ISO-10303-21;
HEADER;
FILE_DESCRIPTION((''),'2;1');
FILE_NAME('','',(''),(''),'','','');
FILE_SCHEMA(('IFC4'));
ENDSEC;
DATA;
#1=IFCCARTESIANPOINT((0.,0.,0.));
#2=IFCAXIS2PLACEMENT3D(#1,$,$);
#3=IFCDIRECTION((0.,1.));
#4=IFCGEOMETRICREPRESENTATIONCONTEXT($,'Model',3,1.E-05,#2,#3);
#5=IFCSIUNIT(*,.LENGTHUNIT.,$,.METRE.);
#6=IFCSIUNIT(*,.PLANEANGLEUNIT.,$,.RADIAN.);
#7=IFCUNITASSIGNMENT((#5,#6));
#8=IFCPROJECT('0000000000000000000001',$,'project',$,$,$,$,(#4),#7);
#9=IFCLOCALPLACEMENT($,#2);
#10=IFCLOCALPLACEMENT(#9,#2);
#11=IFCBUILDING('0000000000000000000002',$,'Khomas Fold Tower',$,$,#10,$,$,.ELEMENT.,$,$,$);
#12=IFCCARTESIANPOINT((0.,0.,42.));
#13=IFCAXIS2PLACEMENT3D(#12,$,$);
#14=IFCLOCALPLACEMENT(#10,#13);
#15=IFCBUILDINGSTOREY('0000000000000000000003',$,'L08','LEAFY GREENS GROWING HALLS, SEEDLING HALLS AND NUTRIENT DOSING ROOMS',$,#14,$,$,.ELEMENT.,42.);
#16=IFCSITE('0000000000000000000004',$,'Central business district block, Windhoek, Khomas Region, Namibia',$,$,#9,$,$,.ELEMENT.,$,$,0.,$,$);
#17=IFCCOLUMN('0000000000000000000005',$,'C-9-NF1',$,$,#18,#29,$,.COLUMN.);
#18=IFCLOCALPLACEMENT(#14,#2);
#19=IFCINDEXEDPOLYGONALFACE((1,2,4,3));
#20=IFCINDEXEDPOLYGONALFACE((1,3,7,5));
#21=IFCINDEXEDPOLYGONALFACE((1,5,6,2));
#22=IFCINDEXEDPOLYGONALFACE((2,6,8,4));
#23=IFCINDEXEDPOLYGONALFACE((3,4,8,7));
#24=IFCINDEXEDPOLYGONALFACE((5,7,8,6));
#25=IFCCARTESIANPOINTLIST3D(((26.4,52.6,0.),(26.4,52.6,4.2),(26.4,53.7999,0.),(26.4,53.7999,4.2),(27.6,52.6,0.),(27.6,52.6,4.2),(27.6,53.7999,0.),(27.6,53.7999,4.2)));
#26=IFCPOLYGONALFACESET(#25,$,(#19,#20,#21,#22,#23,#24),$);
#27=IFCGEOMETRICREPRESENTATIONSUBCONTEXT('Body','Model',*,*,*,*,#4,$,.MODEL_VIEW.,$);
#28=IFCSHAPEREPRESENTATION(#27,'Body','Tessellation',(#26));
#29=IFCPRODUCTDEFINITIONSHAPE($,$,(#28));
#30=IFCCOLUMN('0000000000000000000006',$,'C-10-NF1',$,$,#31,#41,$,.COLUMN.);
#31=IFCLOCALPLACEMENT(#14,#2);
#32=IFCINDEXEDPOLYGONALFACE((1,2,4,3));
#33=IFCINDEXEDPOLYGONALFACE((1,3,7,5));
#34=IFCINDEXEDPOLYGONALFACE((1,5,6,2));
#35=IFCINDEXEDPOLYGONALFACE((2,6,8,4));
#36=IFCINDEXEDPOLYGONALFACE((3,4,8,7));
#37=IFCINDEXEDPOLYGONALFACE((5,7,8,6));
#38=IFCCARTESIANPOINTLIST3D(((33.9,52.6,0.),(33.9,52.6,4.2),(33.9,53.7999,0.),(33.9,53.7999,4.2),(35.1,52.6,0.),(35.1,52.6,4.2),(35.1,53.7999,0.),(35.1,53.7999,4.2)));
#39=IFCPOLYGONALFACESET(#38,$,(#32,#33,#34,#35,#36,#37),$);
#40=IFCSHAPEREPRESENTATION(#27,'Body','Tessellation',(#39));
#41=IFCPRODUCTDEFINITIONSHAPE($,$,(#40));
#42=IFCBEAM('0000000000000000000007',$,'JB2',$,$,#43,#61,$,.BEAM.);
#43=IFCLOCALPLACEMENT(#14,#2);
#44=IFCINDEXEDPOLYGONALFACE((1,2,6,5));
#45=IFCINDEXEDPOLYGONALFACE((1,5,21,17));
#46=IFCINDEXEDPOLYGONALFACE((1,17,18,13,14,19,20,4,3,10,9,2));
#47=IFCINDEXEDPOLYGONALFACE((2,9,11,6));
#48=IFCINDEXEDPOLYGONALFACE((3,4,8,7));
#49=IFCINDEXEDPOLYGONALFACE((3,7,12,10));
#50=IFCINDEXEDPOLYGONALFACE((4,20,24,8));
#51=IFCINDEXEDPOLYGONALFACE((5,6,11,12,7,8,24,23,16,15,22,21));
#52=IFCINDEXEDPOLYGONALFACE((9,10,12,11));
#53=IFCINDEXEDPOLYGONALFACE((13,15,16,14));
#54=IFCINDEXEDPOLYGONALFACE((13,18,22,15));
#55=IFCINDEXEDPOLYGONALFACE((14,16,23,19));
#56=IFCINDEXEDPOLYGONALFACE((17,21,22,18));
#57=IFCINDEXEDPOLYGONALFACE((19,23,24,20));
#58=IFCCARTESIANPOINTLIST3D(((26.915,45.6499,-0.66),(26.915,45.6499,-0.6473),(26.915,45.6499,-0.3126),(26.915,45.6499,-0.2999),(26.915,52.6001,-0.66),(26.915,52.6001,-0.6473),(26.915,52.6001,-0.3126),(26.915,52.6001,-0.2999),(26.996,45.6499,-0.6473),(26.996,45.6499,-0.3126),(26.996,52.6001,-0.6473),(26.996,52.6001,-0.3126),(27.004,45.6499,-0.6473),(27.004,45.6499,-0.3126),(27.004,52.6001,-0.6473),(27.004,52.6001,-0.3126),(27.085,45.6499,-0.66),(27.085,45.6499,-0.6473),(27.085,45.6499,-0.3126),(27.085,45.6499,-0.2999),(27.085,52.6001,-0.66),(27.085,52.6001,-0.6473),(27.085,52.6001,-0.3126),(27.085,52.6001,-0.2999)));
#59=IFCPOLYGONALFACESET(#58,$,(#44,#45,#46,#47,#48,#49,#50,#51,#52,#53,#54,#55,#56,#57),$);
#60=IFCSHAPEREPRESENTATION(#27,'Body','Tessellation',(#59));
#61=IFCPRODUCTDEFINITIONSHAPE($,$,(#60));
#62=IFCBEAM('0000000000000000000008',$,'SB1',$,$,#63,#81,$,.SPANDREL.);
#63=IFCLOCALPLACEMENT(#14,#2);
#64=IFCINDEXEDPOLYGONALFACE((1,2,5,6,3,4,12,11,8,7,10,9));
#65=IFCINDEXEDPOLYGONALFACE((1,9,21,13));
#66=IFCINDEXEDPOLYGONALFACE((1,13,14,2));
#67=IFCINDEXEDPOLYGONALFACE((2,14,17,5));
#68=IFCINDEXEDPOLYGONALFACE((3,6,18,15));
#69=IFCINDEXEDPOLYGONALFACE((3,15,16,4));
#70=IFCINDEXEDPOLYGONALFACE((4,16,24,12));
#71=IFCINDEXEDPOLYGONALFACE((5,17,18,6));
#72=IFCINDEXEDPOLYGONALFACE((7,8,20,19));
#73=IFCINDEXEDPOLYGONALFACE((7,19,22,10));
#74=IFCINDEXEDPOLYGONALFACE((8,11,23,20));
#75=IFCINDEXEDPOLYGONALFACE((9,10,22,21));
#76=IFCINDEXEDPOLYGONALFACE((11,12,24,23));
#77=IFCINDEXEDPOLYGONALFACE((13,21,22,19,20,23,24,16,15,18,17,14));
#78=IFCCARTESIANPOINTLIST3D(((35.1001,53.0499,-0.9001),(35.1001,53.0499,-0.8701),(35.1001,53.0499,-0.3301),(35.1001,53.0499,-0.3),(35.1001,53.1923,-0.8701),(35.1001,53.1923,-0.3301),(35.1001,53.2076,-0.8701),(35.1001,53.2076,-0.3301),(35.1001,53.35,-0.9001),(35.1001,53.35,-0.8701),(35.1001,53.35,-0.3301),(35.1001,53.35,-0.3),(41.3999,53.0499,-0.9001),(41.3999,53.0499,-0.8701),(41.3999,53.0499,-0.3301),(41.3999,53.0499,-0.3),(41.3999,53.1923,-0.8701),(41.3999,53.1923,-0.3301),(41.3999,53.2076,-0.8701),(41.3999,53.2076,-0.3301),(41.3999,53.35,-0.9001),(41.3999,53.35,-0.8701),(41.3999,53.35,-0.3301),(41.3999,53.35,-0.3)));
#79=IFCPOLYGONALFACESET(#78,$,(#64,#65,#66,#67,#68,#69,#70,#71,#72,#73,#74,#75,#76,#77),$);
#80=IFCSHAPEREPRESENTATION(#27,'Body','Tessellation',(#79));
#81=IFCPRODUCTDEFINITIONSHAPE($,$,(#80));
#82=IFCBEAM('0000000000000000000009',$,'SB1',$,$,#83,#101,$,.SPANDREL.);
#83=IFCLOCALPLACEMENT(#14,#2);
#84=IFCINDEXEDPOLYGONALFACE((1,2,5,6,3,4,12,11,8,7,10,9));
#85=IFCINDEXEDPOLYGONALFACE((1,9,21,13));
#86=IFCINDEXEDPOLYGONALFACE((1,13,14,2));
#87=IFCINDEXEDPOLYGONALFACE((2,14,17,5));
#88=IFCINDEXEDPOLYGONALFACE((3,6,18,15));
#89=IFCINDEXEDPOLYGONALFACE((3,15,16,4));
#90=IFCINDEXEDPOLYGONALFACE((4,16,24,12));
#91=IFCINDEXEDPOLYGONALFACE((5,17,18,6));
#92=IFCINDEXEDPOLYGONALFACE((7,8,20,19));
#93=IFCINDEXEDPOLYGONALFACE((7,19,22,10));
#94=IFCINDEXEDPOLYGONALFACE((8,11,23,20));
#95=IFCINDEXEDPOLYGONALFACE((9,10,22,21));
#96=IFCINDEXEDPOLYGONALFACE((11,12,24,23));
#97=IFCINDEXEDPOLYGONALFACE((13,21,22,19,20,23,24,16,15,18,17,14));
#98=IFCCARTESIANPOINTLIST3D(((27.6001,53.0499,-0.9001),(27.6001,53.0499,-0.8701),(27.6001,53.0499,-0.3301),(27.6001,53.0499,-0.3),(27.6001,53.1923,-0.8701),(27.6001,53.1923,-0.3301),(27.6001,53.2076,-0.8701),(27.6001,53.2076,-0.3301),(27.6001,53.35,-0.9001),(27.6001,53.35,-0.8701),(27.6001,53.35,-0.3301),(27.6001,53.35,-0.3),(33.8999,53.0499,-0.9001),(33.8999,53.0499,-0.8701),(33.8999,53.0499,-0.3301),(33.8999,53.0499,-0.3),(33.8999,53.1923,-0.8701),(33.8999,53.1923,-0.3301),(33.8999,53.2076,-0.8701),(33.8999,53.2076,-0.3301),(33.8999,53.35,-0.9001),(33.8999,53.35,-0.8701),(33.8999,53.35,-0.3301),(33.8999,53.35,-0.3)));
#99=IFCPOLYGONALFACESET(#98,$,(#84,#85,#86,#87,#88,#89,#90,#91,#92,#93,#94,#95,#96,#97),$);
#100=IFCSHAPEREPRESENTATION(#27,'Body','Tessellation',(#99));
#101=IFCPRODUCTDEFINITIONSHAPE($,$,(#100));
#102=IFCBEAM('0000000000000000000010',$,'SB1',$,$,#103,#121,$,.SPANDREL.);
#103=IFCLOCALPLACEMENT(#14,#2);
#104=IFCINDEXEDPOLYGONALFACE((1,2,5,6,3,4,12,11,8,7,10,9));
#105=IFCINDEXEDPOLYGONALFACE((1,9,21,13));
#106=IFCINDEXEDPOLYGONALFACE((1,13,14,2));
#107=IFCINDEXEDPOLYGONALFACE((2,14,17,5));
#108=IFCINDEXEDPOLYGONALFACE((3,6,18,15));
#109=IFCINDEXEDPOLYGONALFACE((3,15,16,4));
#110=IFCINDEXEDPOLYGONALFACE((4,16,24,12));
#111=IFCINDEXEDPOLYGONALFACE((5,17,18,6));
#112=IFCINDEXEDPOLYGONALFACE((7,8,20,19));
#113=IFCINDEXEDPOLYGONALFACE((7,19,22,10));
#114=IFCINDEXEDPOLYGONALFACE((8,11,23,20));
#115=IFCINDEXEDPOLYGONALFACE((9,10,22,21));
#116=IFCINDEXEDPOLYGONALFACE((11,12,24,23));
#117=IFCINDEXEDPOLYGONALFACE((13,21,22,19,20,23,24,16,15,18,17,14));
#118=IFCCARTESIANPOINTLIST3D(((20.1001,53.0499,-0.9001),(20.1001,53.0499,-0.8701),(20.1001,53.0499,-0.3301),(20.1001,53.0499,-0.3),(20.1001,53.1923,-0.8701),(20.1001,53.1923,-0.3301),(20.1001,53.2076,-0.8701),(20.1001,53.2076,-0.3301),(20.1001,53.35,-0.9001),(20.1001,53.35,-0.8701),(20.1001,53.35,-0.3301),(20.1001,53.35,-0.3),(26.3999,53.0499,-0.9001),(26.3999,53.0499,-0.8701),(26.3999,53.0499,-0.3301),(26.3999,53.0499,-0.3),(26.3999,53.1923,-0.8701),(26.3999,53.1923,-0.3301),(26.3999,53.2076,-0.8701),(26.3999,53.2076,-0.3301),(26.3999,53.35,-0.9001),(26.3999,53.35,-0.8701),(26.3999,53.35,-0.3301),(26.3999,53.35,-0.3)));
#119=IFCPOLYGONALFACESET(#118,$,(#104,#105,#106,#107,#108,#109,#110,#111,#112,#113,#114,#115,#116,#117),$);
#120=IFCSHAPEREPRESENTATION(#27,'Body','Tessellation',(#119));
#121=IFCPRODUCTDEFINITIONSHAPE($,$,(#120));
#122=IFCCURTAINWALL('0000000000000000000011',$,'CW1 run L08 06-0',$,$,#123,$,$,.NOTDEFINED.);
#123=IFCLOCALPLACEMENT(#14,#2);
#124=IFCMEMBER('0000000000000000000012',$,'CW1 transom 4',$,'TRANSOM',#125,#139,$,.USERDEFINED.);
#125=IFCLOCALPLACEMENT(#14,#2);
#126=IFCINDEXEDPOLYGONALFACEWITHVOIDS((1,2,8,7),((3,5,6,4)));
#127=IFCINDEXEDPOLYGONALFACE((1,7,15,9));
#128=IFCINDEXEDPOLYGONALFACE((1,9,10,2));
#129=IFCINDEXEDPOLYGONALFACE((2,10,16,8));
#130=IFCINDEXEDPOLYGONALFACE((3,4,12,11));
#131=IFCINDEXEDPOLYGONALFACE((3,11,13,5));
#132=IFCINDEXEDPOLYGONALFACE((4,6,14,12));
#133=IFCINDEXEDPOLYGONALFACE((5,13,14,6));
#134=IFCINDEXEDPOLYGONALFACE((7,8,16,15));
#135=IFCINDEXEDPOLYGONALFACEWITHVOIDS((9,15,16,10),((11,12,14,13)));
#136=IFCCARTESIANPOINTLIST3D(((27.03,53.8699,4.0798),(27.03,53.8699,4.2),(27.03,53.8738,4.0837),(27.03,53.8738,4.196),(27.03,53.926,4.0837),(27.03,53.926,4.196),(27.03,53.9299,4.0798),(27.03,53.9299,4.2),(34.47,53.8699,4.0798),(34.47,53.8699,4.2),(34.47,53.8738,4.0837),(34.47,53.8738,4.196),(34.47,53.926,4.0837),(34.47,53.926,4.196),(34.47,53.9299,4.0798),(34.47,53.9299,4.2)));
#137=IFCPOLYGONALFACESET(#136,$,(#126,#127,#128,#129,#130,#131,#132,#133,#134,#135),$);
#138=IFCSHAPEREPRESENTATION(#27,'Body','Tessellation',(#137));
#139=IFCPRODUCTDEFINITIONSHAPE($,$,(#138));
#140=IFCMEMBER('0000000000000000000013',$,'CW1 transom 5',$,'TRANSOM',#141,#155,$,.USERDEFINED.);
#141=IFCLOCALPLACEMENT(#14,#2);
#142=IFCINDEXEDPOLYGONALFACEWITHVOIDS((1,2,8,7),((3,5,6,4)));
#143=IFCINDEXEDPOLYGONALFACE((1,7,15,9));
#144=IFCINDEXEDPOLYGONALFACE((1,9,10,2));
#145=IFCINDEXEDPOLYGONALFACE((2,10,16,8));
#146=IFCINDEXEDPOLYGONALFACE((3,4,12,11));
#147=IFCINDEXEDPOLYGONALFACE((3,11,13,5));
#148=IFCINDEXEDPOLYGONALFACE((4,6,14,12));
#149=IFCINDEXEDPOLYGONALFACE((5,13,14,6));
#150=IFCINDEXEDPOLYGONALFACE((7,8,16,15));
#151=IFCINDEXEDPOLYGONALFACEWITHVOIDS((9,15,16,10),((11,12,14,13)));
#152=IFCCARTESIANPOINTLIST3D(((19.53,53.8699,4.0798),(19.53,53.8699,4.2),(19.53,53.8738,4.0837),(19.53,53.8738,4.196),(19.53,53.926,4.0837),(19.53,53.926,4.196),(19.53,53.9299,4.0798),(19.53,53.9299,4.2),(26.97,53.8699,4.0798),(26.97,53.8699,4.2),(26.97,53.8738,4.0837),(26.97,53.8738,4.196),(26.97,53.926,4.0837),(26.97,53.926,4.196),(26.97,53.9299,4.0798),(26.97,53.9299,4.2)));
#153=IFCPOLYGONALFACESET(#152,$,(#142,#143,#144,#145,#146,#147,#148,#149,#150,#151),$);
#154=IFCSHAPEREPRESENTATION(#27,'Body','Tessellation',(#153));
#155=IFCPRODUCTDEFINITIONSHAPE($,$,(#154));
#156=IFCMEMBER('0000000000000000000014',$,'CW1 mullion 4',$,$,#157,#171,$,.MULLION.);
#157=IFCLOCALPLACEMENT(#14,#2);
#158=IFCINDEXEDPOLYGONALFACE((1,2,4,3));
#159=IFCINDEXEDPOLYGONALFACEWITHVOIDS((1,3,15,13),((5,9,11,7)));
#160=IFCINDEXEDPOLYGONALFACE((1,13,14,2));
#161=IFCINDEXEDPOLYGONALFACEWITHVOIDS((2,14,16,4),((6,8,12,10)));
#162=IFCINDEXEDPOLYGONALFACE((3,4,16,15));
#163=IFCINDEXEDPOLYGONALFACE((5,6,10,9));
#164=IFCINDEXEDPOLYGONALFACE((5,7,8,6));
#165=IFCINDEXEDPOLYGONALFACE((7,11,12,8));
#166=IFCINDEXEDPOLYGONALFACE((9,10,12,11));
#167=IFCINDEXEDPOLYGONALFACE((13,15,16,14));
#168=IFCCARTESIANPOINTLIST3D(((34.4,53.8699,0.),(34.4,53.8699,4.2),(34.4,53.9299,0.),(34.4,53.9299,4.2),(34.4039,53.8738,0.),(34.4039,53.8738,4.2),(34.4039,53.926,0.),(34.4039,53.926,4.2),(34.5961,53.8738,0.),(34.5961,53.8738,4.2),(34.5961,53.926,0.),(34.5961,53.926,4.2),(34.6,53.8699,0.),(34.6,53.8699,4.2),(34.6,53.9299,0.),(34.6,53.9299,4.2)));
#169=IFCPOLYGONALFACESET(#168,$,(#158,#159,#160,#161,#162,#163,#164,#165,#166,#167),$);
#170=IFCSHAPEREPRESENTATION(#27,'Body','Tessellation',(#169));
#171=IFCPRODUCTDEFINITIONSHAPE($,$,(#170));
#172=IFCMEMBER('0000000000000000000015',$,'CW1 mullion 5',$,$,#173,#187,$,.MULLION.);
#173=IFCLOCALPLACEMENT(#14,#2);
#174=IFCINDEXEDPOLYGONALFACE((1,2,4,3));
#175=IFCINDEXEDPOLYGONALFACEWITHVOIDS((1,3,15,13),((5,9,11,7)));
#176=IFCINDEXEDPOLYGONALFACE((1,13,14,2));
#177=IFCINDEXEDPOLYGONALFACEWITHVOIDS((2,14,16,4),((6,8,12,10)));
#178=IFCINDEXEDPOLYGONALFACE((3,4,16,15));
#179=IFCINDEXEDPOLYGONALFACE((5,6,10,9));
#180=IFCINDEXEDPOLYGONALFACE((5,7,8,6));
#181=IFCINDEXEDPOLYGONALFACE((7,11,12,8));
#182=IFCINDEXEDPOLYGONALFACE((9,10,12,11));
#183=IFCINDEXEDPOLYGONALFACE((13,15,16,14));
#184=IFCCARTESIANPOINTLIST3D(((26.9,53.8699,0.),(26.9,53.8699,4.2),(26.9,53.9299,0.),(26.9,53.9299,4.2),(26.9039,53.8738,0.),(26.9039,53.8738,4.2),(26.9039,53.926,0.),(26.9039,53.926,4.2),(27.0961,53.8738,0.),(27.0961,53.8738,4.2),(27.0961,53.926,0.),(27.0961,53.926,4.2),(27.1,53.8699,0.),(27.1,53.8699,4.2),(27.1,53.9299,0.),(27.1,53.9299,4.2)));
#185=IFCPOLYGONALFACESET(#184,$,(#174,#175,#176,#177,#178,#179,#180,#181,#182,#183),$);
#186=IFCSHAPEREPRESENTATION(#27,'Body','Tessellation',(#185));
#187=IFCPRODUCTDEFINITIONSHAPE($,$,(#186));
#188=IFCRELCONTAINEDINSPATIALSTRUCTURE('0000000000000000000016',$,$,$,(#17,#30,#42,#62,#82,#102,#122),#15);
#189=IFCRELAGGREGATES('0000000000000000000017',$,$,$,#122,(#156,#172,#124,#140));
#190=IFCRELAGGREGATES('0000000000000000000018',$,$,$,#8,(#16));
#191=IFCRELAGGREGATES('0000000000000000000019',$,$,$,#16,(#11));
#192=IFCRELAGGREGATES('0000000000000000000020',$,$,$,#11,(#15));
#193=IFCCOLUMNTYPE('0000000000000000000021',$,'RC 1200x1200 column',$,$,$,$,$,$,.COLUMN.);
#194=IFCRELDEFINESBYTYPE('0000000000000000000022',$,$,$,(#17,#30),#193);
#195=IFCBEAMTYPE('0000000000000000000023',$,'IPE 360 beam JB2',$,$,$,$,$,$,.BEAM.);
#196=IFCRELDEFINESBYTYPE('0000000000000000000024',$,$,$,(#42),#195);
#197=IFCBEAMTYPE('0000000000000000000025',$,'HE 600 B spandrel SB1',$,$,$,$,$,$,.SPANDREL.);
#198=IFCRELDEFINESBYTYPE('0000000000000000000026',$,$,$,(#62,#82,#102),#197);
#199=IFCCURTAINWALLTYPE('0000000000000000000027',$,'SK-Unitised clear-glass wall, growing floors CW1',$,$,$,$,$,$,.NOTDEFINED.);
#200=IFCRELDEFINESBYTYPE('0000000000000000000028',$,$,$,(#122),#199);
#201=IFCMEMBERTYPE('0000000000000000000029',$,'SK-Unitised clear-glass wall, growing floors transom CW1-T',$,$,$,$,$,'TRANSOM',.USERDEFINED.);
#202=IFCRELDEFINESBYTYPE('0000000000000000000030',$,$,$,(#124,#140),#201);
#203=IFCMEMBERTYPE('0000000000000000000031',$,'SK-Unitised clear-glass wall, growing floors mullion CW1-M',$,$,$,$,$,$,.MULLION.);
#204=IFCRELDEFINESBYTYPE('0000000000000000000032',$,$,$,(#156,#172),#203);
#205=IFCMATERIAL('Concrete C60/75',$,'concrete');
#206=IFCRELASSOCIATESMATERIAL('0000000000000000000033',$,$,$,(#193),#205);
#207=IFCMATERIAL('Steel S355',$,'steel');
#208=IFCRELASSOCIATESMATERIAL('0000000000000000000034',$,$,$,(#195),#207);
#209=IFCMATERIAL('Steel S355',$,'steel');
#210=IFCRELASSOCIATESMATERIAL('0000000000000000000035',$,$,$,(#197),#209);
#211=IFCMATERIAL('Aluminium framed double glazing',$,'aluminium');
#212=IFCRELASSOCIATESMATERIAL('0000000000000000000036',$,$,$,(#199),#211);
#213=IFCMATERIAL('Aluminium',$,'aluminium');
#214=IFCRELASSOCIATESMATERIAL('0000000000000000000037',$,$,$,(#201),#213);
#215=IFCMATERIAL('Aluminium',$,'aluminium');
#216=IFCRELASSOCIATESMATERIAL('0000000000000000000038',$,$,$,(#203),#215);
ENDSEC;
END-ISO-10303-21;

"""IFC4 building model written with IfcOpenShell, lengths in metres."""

from ifc_helpers import new_model, si_unit, direction, frame, origin, origin_2d, place, context, subcontext, project, spatial, rectangle, hollow_rectangle, i_section, extrude, source, transform, mapped, material, material_profile, profile_set, type_object, element, aggregate, save


model = new_model("IFC4")

# Units and contexts
model_context = context("Model", 3, precision=1e-05, world=origin(), true_north=direction((0.0, 1.0)))
body_context = subcontext(model_context, "Body", "Model", "MODEL_VIEW")
ifc_project = project(units=[si_unit("LENGTHUNIT", "METRE"), si_unit("PLANEANGLEUNIT", "RADIAN")], contexts=[model_context])

# Site, building, storey
site_placement = place(None, origin())
site = spatial("IfcSite", under=ifc_project, at=site_placement, Name="Central business district block, Windhoek, Khomas Region, Namibia", CompositionType="ELEMENT", RefElevation=0.0)
building_placement = place(site_placement, origin())
building = spatial("IfcBuilding", under=site, at=building_placement, Name="Khomas Fold Tower", CompositionType="ELEMENT")
storey_placement = place(building_placement, frame((0.0, 0.0, 42.0)))
storey = spatial("IfcBuildingStorey", under=building, at=storey_placement, Name="L08", Description="LEAFY GREENS GROWING HALLS, SEEDLING HALLS AND NUTRIENT DOSING ROOMS", CompositionType="ELEMENT", Elevation=42.0)

# Columns
ifc_material_1 = material(Name="Concrete C60/75", Category="concrete")
ifc_material_profile_1 = material_profile(ifc_material_1, rectangle(XDim=1.2, YDim=1.2, at=origin_2d()), Name="RC 1200x1200")
ifc_profile_set_1 = profile_set([ifc_material_profile_1], Name="Concrete C60/75")
column_type = type_object("IfcColumnType", Name="RC 1200x1200 column", PredefinedType="COLUMN", material=ifc_profile_set_1)
shared_shape_1 = source(origin(), body_context, "Body", "SweptSolid", [
    extrude(rectangle(XDim=1.2, YDim=1.2, at=origin_2d()), origin(), (0.0, 0.0, 1.0), 4.2),
])
for number, where, z_axis, x_axis, name in (
    (1, (27.0, 53.2, 0.0), (0.0, 0.0, 1.0), (1.0, 0.0, 0.0), "C-9-NF1"),
    (2, (34.5, 53.2, 0.0), (0.0, 0.0, 1.0), (1.0, 0.0, 0.0), "C-10-NF1"),
):
    element("IfcColumn", number, at=place(storey_placement, frame(where, z_axis=z_axis, x_axis=x_axis)), inside=storey, type_object=column_type, Name=name, PredefinedType="COLUMN", context=body_context, shape_type="MappedRepresentation", body=[
        mapped(shared_shape_1, transform((0.0, 0.0, 0.0))),
    ])

# Beams
ifc_material_2 = material(Name="Steel S355", Category="steel")
ifc_material_profile_2 = material_profile(ifc_material_2, i_section(OverallWidth=0.1699, OverallDepth=0.3601, WebThickness=0.0081, FlangeThickness=0.0127, at=origin_2d()), Name="IPE 360")
ifc_profile_set_2 = profile_set([ifc_material_profile_2], Name="Steel S355")
beam_type_1 = type_object("IfcBeamType", Name="IPE 360 beam JB2", PredefinedType="BEAM", material=ifc_profile_set_2)
shared_shape_2 = source(origin(), body_context, "Body", "SweptSolid", [
    extrude(i_section(OverallWidth=0.1699, OverallDepth=0.3601, WebThickness=0.0081, FlangeThickness=0.0127, at=origin_2d()), origin(), (0.0, 0.0, 1.0), 6.9502),
])
beam_placement = place(storey_placement, frame((27.0, 45.6499, -0.48), z_axis=(0.0, 1.0, 0.0), x_axis=(-1.0, 0.0, 0.0)))
element("IfcBeam", 3, at=beam_placement, inside=storey, type_object=beam_type_1, Name="JB2", PredefinedType="BEAM", context=body_context, shape_type="MappedRepresentation", body=[
    mapped(shared_shape_2, transform((0.0, 0.0, 0.0))),
])
ifc_material_3 = material(Name="Steel S355", Category="steel")
ifc_material_profile_3 = material_profile(ifc_material_3, i_section(OverallWidth=0.3, OverallDepth=0.6001, WebThickness=0.0154, FlangeThickness=0.03, at=origin_2d()), Name="HE 600 B")
ifc_profile_set_3 = profile_set([ifc_material_profile_3], Name="Steel S355")
beam_type_2 = type_object("IfcBeamType", Name="HE 600 B spandrel SB1", PredefinedType="SPANDREL", material=ifc_profile_set_3)
shared_shape_3 = source(origin(), body_context, "Body", "SweptSolid", [
    extrude(i_section(OverallWidth=0.3, OverallDepth=0.6001, WebThickness=0.0154, FlangeThickness=0.03, at=origin_2d()), origin(), (0.0, 0.0, 1.0), 6.2998),
])
for number, where, z_axis, x_axis, name in (
    (4, (35.1001, 53.2, -0.6001), (1.0, 0.0, 0.0), (0.0, 1.0, 0.0), "SB1"),
    (5, (27.6001, 53.2, -0.6001), (1.0, 0.0, 0.0), (0.0, 1.0, 0.0), "SB1"),
    (6, (20.1001, 53.2, -0.6001), (1.0, 0.0, 0.0), (0.0, 1.0, 0.0), "SB1"),
):
    element("IfcBeam", number, at=place(storey_placement, frame(where, z_axis=z_axis, x_axis=x_axis)), inside=storey, type_object=beam_type_2, Name=name, PredefinedType="SPANDREL", context=body_context, shape_type="MappedRepresentation", body=[
        mapped(shared_shape_3, transform((0.0, 0.0, 0.0))),
    ])

# Curtain wall, members
ifc_material_4 = material(Name="Aluminium framed double glazing", Category="aluminium")
curtain_wall_type = type_object("IfcCurtainWallType", Name="SK-Unitised clear-glass wall, growing floors CW1", PredefinedType="NOTDEFINED", material=ifc_material_4)
curtain_wall_placement = place(storey_placement, origin())
curtain_wall = element("IfcCurtainWall", 7, at=curtain_wall_placement, inside=storey, type_object=curtain_wall_type, Name="CW1 run L08 06-0", PredefinedType="NOTDEFINED")
ifc_material_5 = material(Name="Aluminium", Category="aluminium")
ifc_material_profile_4 = material_profile(ifc_material_5, hollow_rectangle(XDim=0.0601, YDim=0.1201, WallThickness=0.0039, at=origin_2d()), Name="SK-Unitised clear-glass wall, growing floors transom CW1-T")
ifc_profile_set_4 = profile_set([ifc_material_profile_4], Name="Aluminium")
member_type_1 = type_object("IfcMemberType", Name="SK-Unitised clear-glass wall, growing floors transom CW1-T", ElementType="TRANSOM", PredefinedType="USERDEFINED", material=ifc_profile_set_4)
shared_shape_4 = source(origin(), body_context, "Body", "SweptSolid", [
    extrude(hollow_rectangle(XDim=0.0601, YDim=0.1201, WallThickness=0.0039, at=origin_2d()), origin(), (0.0, 0.0, 1.0), 7.4399),
])
member_1_placement = place(storey_placement, frame((34.47, 53.8999, 4.1399), z_axis=(-1.0, 0.0, 0.0), x_axis=(0.0, -1.0, 0.0)))
member_1 = element("IfcMember", 8, at=member_1_placement, type_object=member_type_1, Name="CW1 transom 4", ObjectType="TRANSOM", PredefinedType="USERDEFINED", context=body_context, shape_type="MappedRepresentation", body=[
    mapped(shared_shape_4, transform((0.0, 0.0, 0.0))),
])
member_2_placement = place(storey_placement, frame((26.97, 53.8999, 4.1399), z_axis=(-1.0, 0.0, 0.0), x_axis=(0.0, -1.0, 0.0)))
member_2 = element("IfcMember", 9, at=member_2_placement, type_object=member_type_1, Name="CW1 transom 5", ObjectType="TRANSOM", PredefinedType="USERDEFINED", context=body_context, shape_type="MappedRepresentation", body=[
    mapped(shared_shape_4, transform((0.0, 0.0, 0.0))),
])
ifc_material_6 = material(Name="Aluminium", Category="aluminium")
ifc_material_profile_5 = material_profile(ifc_material_6, hollow_rectangle(XDim=0.0601, YDim=0.2, WallThickness=0.0039, at=origin_2d()), Name="SK-Unitised clear-glass wall, growing floors mullion CW1-M")
ifc_profile_set_5 = profile_set([ifc_material_profile_5], Name="Aluminium")
member_type_2 = type_object("IfcMemberType", Name="SK-Unitised clear-glass wall, growing floors mullion CW1-M", PredefinedType="MULLION", material=ifc_profile_set_5)
shared_shape_5 = source(origin(), body_context, "Body", "SweptSolid", [
    extrude(hollow_rectangle(XDim=0.0601, YDim=0.2, WallThickness=0.0039, at=origin_2d()), origin(), (0.0, 0.0, 1.0), 4.2),
])
member_3_placement = place(storey_placement, frame((34.5, 53.8999, 0.0), z_axis=(0.0, 0.0, 1.0), x_axis=(0.0, -1.0, 0.0)))
member_3 = element("IfcMember", 10, at=member_3_placement, type_object=member_type_2, Name="CW1 mullion 4", PredefinedType="MULLION", context=body_context, shape_type="MappedRepresentation", body=[
    mapped(shared_shape_5, transform((0.0, 0.0, 0.0))),
])
member_4_placement = place(storey_placement, frame((27.0, 53.8999, 0.0), z_axis=(0.0, 0.0, 1.0), x_axis=(0.0, -1.0, 0.0)))
member_4 = element("IfcMember", 11, at=member_4_placement, type_object=member_type_2, Name="CW1 mullion 5", PredefinedType="MULLION", context=body_context, shape_type="MappedRepresentation", body=[
    mapped(shared_shape_5, transform((0.0, 0.0, 0.0))),
])
aggregate(curtain_wall, [member_3, member_4, member_1, member_2])

save(model, "model.ifc")
